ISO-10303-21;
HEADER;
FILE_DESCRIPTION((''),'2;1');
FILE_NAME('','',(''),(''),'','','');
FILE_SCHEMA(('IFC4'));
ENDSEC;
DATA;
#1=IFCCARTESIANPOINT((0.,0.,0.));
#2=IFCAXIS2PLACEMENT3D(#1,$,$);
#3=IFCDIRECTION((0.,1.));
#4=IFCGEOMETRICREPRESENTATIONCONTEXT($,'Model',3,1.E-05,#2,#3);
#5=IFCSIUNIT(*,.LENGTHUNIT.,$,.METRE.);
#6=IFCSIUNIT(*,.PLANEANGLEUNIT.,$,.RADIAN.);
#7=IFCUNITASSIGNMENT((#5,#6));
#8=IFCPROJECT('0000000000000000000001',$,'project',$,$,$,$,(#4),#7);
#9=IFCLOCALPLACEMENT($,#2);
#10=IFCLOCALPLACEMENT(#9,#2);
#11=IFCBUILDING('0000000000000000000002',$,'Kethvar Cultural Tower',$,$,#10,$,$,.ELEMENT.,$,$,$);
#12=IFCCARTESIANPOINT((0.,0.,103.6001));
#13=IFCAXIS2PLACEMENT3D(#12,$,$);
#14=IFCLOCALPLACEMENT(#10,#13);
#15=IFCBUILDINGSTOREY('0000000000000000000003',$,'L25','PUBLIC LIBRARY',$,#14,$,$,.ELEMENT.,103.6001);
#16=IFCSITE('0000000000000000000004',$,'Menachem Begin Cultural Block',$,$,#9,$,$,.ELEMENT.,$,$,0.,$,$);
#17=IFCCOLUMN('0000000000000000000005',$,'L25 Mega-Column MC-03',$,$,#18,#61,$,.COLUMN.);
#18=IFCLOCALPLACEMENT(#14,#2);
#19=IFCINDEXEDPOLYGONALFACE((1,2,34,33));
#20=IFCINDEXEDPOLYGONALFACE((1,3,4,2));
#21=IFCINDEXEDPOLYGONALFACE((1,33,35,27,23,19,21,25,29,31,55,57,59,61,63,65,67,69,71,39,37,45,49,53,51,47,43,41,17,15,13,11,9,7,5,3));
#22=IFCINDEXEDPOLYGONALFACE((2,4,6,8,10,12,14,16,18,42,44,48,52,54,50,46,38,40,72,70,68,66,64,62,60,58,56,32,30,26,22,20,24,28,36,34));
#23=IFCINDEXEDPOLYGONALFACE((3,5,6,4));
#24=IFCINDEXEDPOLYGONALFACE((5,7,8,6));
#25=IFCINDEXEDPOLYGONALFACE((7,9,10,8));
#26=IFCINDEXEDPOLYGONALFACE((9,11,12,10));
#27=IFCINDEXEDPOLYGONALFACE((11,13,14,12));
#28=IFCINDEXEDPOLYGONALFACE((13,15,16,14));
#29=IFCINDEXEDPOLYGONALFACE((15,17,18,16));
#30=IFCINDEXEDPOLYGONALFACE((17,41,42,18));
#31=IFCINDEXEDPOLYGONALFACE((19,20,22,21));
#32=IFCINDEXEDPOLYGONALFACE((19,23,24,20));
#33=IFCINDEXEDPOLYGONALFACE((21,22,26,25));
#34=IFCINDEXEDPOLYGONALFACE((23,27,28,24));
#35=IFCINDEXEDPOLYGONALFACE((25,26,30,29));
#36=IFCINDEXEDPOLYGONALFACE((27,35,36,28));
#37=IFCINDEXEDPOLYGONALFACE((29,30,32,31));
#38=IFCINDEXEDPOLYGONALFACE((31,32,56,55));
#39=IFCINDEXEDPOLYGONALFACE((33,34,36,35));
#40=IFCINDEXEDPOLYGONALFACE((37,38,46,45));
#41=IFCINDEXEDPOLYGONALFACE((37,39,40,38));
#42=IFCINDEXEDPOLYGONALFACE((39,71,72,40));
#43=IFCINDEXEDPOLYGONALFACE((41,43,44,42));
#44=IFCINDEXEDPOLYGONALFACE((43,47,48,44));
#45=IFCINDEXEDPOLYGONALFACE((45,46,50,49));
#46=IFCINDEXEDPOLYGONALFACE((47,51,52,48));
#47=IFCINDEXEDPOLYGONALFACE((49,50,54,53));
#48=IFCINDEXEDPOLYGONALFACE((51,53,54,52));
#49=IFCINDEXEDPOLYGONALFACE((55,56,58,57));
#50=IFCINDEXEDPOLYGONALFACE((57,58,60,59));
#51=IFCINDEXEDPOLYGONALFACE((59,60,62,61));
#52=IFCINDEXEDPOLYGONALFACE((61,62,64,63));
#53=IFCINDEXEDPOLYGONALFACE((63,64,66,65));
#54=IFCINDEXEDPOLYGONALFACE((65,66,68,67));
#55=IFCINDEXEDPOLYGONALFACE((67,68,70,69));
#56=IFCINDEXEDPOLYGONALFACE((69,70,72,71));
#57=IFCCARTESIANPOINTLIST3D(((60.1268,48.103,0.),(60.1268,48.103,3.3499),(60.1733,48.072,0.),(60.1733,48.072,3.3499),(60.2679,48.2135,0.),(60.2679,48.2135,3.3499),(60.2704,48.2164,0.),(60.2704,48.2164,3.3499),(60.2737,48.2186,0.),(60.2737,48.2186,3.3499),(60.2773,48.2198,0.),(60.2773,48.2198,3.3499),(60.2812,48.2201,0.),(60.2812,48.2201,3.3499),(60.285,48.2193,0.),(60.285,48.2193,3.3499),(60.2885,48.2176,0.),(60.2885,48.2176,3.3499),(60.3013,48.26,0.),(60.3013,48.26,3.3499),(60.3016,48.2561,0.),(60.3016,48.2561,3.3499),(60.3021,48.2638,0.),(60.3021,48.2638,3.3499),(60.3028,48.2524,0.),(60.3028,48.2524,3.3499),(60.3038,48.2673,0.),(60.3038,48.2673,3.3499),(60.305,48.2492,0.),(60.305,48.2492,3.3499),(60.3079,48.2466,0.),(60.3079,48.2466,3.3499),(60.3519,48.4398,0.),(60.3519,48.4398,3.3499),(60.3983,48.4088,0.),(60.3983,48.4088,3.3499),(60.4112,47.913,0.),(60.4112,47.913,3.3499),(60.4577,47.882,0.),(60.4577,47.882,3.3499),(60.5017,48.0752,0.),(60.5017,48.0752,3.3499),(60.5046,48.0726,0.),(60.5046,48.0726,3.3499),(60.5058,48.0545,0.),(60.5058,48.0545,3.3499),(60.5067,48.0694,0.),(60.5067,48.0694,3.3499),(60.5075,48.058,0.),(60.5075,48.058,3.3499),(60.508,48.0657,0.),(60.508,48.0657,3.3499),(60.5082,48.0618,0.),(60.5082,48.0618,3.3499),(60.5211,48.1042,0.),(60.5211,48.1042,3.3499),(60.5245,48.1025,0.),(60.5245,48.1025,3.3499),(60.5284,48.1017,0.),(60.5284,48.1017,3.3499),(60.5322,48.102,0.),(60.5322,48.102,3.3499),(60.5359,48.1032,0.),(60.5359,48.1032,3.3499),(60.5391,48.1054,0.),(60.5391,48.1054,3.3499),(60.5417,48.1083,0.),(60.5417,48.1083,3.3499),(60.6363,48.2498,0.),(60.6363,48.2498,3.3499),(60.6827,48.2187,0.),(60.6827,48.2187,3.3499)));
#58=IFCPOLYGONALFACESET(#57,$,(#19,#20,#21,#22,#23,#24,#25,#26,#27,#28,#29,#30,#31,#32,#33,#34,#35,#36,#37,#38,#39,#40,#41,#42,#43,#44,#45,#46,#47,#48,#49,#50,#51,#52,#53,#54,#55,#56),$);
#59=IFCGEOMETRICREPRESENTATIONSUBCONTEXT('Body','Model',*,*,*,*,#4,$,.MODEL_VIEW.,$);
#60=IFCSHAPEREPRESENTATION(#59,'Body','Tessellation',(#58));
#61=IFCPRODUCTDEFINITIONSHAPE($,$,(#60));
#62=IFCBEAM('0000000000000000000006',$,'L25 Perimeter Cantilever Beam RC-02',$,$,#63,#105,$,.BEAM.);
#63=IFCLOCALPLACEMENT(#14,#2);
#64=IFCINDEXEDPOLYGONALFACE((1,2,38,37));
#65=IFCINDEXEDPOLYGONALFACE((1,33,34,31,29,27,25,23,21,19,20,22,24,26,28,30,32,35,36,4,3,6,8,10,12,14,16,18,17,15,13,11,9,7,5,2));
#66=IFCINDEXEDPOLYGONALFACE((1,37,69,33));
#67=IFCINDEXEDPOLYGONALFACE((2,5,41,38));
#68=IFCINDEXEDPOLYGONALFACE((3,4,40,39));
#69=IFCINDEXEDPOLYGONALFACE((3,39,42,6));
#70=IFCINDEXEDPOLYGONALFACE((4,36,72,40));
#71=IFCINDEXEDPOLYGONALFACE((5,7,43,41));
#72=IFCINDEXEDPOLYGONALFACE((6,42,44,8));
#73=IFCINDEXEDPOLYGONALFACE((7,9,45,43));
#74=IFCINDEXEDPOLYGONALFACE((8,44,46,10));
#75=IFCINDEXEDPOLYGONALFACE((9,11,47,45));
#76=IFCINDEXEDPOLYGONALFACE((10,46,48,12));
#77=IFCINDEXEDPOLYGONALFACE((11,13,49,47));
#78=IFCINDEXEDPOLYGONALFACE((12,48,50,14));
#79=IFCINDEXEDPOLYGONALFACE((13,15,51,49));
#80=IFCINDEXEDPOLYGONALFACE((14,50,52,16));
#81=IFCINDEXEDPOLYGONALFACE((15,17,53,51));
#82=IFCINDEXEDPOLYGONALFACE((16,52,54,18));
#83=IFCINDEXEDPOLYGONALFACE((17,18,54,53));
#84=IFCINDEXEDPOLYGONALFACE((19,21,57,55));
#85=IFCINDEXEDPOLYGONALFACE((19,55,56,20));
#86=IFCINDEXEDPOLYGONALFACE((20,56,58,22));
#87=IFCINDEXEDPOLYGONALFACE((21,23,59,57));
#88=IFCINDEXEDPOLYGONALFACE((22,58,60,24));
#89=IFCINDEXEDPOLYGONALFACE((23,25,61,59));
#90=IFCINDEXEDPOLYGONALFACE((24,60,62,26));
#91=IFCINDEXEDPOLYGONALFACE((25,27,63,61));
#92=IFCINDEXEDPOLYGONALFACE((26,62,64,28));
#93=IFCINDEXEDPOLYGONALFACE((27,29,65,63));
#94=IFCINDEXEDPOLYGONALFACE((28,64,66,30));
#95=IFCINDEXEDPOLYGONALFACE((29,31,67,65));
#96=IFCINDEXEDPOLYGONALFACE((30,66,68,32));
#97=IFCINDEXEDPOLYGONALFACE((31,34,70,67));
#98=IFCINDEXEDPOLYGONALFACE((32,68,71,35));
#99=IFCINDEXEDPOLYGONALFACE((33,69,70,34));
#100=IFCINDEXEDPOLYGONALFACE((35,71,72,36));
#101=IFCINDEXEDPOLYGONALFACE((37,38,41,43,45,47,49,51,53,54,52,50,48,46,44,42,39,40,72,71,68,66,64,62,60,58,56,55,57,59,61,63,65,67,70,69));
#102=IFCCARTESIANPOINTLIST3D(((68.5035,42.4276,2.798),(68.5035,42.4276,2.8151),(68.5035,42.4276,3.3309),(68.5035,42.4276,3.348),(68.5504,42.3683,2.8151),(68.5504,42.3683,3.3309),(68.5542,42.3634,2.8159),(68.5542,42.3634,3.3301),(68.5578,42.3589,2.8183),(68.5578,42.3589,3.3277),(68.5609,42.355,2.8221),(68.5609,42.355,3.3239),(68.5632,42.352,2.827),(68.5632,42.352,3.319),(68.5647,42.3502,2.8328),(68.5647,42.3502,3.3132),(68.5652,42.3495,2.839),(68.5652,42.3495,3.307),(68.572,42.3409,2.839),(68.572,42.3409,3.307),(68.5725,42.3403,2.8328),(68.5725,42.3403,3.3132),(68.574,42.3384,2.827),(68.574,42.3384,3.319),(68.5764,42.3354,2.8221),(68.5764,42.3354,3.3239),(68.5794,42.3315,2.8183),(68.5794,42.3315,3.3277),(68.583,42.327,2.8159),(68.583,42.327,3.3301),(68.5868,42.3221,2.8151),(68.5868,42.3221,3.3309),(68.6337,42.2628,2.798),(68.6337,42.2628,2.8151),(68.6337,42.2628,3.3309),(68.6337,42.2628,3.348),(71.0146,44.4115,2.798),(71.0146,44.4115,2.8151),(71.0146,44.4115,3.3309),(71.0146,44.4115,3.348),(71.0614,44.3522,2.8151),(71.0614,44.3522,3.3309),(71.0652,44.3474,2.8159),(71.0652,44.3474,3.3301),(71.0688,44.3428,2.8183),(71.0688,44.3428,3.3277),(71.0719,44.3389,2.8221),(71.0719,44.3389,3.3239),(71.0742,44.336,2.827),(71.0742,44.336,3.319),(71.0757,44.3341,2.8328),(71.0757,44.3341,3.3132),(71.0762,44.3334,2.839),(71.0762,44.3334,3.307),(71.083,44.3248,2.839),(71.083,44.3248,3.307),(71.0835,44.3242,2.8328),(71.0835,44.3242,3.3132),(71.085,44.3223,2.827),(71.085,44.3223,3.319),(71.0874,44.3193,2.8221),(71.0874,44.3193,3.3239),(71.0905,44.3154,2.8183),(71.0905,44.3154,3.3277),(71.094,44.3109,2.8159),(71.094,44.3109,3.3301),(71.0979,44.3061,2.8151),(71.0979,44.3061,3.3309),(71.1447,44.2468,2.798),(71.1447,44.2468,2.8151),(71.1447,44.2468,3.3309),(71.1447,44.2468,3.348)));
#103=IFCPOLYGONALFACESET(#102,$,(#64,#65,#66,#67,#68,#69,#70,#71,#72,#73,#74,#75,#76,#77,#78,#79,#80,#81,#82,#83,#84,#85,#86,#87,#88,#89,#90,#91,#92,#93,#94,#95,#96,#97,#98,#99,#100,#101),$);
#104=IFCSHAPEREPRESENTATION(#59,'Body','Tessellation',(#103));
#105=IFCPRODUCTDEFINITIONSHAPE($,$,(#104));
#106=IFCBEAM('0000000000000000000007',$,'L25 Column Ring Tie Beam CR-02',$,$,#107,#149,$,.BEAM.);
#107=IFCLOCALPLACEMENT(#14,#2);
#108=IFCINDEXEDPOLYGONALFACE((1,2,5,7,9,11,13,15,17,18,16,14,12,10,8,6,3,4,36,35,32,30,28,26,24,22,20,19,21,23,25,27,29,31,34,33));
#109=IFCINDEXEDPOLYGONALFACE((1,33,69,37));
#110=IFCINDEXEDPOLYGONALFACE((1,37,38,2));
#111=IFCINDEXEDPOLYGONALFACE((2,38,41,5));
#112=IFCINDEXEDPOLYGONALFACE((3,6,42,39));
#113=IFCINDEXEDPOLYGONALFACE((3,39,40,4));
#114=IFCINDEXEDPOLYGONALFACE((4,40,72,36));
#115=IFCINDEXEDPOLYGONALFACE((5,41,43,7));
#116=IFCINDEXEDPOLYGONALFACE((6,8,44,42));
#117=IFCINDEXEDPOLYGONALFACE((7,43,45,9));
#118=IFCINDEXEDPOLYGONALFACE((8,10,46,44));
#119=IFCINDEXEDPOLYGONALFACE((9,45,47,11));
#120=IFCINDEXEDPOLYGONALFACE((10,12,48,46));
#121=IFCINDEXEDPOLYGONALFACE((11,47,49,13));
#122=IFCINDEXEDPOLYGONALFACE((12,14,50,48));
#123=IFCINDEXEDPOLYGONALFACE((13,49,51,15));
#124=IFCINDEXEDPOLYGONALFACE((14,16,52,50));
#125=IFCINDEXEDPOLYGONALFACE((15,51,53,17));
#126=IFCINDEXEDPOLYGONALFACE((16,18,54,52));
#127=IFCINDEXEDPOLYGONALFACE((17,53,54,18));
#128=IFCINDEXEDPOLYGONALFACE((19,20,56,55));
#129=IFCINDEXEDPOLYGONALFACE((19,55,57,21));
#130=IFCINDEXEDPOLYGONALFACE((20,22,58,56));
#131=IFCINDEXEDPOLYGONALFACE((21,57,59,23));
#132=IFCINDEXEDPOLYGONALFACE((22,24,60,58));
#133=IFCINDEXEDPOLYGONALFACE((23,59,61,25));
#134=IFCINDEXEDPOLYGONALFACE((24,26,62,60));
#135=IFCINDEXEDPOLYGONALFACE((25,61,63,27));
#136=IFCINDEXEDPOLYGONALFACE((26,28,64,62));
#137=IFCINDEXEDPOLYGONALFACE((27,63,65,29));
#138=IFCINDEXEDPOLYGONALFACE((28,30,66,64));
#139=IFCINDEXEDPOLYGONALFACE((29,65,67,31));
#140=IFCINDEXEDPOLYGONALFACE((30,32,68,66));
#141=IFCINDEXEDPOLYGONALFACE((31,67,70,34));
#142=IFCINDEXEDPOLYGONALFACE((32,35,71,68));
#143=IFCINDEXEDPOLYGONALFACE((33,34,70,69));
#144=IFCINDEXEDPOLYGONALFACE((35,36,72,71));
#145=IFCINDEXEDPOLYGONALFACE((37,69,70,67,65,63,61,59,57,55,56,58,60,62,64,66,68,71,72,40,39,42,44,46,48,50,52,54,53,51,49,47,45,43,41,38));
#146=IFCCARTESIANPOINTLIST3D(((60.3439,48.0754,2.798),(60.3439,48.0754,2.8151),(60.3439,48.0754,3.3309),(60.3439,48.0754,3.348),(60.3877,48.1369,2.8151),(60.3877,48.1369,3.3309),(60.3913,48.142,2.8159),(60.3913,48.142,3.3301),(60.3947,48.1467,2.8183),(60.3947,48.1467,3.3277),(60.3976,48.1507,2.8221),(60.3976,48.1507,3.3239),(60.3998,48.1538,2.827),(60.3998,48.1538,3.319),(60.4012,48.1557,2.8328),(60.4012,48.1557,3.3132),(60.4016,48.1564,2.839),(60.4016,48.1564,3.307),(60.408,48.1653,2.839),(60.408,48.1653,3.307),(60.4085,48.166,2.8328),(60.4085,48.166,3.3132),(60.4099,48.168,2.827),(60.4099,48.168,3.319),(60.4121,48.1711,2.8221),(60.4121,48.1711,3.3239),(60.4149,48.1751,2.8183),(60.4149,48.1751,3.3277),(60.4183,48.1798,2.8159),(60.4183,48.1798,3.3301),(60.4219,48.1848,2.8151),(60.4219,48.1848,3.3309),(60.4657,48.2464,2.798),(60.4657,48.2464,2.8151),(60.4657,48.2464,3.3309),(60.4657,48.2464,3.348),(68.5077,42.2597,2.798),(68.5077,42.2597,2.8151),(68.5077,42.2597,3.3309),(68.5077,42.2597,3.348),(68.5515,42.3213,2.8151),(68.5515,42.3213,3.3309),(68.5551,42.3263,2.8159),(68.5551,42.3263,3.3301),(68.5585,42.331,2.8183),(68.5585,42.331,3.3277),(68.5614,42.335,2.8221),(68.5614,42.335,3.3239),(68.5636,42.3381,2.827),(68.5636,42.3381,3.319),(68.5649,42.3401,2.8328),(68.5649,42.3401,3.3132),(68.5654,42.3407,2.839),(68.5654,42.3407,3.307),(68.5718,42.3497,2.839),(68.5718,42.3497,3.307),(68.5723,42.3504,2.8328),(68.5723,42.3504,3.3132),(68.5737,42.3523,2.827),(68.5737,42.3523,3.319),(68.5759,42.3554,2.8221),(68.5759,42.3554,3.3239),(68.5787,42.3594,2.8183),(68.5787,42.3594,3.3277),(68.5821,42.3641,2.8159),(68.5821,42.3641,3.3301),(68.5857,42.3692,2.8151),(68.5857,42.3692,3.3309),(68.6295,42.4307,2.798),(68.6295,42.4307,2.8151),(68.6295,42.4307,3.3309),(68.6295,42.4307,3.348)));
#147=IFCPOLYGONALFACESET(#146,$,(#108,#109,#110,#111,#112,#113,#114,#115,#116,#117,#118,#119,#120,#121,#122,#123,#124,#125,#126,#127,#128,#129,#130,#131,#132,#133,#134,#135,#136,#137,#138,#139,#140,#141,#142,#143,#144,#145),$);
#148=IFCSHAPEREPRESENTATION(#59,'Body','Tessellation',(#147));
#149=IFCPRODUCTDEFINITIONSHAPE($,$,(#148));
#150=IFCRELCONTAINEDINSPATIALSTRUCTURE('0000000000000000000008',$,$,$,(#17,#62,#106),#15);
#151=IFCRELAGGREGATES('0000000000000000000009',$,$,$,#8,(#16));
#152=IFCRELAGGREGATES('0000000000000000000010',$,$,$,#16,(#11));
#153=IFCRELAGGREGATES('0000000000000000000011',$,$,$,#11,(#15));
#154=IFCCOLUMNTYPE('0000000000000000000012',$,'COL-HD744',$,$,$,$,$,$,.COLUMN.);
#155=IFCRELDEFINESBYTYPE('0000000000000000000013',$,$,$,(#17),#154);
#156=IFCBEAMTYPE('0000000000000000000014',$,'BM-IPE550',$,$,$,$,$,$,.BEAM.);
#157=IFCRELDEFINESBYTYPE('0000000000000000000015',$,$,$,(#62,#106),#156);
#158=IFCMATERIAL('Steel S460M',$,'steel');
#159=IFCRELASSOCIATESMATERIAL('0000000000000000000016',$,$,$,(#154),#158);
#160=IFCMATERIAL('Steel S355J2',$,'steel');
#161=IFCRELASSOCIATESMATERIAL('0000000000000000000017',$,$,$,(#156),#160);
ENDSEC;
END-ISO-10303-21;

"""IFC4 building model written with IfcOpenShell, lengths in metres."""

from ifc_helpers import new_model, si_unit, direction, frame, origin, origin_2d, place, context, subcontext, project, spatial, i_section, extrude, source, transform, mapped, material, material_profile, profile_set, type_object, element, save


model = new_model("IFC4")

# Units and contexts
model_context = context("Model", 3, precision=1e-05, world=origin(), true_north=direction((0.0, 1.0)))
body_context = subcontext(model_context, "Body", "Model", "MODEL_VIEW")
ifc_project = project(units=[si_unit("LENGTHUNIT", "METRE"), si_unit("PLANEANGLEUNIT", "RADIAN")], contexts=[model_context])

# Site, building, storey
site_placement = place(None, origin())
site = spatial("IfcSite", under=ifc_project, at=site_placement, Name="Menachem Begin Cultural Block", CompositionType="ELEMENT", RefElevation=0.0)
building_placement = place(site_placement, origin())
building = spatial("IfcBuilding", under=site, at=building_placement, Name="Kethvar Cultural Tower", CompositionType="ELEMENT")
storey_placement = place(building_placement, frame((0.0, 0.0, 103.6001)))
storey = spatial("IfcBuildingStorey", under=building, at=storey_placement, Name="L25", Description="PUBLIC LIBRARY", CompositionType="ELEMENT", Elevation=103.6001)

# Column
ifc_material_1 = material(Name="Steel S460M", Category="steel")
ifc_material_profile_1 = material_profile(ifc_material_1, i_section(OverallWidth=0.405, OverallDepth=0.3979, WebThickness=0.0349, FlangeThickness=0.0559, FilletRadius=0.0149, at=origin_2d()), Name="Steel S460M — HD400x744")
ifc_profile_set_1 = profile_set([ifc_material_profile_1], Name="Steel S460M — HD400x744")
column_type = type_object("IfcColumnType", Name="COL-HD744", PredefinedType="COLUMN", material=ifc_profile_set_1)
shared_shape_1 = source(origin(), body_context, "Body", "SweptSolid", [
    extrude(i_section(OverallWidth=0.405, OverallDepth=0.3979, WebThickness=0.0349, FlangeThickness=0.0559, FilletRadius=0.0149, at=origin_2d()), origin(), (0.0, 0.0, 1.0), 3.3499),
])
column_placement = place(storey_placement, frame((60.4048, 48.1609, 0.0), z_axis=(0.0, 0.0, 1.0), x_axis=(0.55557, 0.83147, 0.0)))
element("IfcColumn", 1, at=column_placement, inside=storey, type_object=column_type, Name="L25 Mega-Column MC-03", PredefinedType="COLUMN", context=body_context, shape_type="MappedRepresentation", body=[
    mapped(shared_shape_1, transform((0.0, 0.0, 0.0), scale=1.0)),
])

# Beams
ifc_material_2 = material(Name="Steel S355J2", Category="steel")
ifc_material_profile_2 = material_profile(ifc_material_2, i_section(OverallWidth=0.21, OverallDepth=0.55, WebThickness=0.011, FlangeThickness=0.0171, FilletRadius=0.0239, at=origin_2d()), Name="Steel S355J2 — IPE550")
ifc_profile_set_2 = profile_set([ifc_material_profile_2], Name="Steel S355J2 — IPE550")
beam_type_1 = type_object("IfcBeamType", Name="BM-IPE550", PredefinedType="BEAM", material=ifc_profile_set_2)
shared_shape_2 = source(origin(), body_context, "Body", "SweptSolid", [
    extrude(i_section(OverallWidth=0.21, OverallDepth=0.55, WebThickness=0.011, FlangeThickness=0.0171, FilletRadius=0.0239, at=origin_2d()), origin(), (0.0, 0.0, 1.0), 3.2002),
])
beam_1_placement = place(storey_placement, frame((68.5686, 42.3452, 3.073), z_axis=(0.78465, 0.619939, 0.0), x_axis=(-0.619939, 0.78465, 0.0)))
element("IfcBeam", 2, at=beam_1_placement, inside=storey, type_object=beam_type_1, Name="L25 Perimeter Cantilever Beam RC-02", PredefinedType="BEAM", context=body_context, shape_type="MappedRepresentation", body=[
    mapped(shared_shape_2, transform((0.0, 0.0, 0.0), scale=1.0)),
])
shared_shape_3 = source(origin(), body_context, "Body", "SweptSolid", [
    extrude(i_section(OverallWidth=0.21, OverallDepth=0.55, WebThickness=0.011, FlangeThickness=0.0171, FilletRadius=0.0239, at=origin_2d()), origin(), (0.0, 0.0, 1.0), 10.0234),
])
beam_2_placement = place(storey_placement, frame((68.5686, 42.3452, 3.073), z_axis=(-0.81447, 0.580206, 0.0), x_axis=(-0.580206, -0.81447, 0.0)))
element("IfcBeam", 3, at=beam_2_placement, inside=storey, type_object=beam_type_1, Name="L25 Column Ring Tie Beam CR-02", PredefinedType="BEAM", context=body_context, shape_type="MappedRepresentation", body=[
    mapped(shared_shape_3, transform((0.0, 0.0, 0.0), scale=1.0)),
])

save(model, "model.ifc")
